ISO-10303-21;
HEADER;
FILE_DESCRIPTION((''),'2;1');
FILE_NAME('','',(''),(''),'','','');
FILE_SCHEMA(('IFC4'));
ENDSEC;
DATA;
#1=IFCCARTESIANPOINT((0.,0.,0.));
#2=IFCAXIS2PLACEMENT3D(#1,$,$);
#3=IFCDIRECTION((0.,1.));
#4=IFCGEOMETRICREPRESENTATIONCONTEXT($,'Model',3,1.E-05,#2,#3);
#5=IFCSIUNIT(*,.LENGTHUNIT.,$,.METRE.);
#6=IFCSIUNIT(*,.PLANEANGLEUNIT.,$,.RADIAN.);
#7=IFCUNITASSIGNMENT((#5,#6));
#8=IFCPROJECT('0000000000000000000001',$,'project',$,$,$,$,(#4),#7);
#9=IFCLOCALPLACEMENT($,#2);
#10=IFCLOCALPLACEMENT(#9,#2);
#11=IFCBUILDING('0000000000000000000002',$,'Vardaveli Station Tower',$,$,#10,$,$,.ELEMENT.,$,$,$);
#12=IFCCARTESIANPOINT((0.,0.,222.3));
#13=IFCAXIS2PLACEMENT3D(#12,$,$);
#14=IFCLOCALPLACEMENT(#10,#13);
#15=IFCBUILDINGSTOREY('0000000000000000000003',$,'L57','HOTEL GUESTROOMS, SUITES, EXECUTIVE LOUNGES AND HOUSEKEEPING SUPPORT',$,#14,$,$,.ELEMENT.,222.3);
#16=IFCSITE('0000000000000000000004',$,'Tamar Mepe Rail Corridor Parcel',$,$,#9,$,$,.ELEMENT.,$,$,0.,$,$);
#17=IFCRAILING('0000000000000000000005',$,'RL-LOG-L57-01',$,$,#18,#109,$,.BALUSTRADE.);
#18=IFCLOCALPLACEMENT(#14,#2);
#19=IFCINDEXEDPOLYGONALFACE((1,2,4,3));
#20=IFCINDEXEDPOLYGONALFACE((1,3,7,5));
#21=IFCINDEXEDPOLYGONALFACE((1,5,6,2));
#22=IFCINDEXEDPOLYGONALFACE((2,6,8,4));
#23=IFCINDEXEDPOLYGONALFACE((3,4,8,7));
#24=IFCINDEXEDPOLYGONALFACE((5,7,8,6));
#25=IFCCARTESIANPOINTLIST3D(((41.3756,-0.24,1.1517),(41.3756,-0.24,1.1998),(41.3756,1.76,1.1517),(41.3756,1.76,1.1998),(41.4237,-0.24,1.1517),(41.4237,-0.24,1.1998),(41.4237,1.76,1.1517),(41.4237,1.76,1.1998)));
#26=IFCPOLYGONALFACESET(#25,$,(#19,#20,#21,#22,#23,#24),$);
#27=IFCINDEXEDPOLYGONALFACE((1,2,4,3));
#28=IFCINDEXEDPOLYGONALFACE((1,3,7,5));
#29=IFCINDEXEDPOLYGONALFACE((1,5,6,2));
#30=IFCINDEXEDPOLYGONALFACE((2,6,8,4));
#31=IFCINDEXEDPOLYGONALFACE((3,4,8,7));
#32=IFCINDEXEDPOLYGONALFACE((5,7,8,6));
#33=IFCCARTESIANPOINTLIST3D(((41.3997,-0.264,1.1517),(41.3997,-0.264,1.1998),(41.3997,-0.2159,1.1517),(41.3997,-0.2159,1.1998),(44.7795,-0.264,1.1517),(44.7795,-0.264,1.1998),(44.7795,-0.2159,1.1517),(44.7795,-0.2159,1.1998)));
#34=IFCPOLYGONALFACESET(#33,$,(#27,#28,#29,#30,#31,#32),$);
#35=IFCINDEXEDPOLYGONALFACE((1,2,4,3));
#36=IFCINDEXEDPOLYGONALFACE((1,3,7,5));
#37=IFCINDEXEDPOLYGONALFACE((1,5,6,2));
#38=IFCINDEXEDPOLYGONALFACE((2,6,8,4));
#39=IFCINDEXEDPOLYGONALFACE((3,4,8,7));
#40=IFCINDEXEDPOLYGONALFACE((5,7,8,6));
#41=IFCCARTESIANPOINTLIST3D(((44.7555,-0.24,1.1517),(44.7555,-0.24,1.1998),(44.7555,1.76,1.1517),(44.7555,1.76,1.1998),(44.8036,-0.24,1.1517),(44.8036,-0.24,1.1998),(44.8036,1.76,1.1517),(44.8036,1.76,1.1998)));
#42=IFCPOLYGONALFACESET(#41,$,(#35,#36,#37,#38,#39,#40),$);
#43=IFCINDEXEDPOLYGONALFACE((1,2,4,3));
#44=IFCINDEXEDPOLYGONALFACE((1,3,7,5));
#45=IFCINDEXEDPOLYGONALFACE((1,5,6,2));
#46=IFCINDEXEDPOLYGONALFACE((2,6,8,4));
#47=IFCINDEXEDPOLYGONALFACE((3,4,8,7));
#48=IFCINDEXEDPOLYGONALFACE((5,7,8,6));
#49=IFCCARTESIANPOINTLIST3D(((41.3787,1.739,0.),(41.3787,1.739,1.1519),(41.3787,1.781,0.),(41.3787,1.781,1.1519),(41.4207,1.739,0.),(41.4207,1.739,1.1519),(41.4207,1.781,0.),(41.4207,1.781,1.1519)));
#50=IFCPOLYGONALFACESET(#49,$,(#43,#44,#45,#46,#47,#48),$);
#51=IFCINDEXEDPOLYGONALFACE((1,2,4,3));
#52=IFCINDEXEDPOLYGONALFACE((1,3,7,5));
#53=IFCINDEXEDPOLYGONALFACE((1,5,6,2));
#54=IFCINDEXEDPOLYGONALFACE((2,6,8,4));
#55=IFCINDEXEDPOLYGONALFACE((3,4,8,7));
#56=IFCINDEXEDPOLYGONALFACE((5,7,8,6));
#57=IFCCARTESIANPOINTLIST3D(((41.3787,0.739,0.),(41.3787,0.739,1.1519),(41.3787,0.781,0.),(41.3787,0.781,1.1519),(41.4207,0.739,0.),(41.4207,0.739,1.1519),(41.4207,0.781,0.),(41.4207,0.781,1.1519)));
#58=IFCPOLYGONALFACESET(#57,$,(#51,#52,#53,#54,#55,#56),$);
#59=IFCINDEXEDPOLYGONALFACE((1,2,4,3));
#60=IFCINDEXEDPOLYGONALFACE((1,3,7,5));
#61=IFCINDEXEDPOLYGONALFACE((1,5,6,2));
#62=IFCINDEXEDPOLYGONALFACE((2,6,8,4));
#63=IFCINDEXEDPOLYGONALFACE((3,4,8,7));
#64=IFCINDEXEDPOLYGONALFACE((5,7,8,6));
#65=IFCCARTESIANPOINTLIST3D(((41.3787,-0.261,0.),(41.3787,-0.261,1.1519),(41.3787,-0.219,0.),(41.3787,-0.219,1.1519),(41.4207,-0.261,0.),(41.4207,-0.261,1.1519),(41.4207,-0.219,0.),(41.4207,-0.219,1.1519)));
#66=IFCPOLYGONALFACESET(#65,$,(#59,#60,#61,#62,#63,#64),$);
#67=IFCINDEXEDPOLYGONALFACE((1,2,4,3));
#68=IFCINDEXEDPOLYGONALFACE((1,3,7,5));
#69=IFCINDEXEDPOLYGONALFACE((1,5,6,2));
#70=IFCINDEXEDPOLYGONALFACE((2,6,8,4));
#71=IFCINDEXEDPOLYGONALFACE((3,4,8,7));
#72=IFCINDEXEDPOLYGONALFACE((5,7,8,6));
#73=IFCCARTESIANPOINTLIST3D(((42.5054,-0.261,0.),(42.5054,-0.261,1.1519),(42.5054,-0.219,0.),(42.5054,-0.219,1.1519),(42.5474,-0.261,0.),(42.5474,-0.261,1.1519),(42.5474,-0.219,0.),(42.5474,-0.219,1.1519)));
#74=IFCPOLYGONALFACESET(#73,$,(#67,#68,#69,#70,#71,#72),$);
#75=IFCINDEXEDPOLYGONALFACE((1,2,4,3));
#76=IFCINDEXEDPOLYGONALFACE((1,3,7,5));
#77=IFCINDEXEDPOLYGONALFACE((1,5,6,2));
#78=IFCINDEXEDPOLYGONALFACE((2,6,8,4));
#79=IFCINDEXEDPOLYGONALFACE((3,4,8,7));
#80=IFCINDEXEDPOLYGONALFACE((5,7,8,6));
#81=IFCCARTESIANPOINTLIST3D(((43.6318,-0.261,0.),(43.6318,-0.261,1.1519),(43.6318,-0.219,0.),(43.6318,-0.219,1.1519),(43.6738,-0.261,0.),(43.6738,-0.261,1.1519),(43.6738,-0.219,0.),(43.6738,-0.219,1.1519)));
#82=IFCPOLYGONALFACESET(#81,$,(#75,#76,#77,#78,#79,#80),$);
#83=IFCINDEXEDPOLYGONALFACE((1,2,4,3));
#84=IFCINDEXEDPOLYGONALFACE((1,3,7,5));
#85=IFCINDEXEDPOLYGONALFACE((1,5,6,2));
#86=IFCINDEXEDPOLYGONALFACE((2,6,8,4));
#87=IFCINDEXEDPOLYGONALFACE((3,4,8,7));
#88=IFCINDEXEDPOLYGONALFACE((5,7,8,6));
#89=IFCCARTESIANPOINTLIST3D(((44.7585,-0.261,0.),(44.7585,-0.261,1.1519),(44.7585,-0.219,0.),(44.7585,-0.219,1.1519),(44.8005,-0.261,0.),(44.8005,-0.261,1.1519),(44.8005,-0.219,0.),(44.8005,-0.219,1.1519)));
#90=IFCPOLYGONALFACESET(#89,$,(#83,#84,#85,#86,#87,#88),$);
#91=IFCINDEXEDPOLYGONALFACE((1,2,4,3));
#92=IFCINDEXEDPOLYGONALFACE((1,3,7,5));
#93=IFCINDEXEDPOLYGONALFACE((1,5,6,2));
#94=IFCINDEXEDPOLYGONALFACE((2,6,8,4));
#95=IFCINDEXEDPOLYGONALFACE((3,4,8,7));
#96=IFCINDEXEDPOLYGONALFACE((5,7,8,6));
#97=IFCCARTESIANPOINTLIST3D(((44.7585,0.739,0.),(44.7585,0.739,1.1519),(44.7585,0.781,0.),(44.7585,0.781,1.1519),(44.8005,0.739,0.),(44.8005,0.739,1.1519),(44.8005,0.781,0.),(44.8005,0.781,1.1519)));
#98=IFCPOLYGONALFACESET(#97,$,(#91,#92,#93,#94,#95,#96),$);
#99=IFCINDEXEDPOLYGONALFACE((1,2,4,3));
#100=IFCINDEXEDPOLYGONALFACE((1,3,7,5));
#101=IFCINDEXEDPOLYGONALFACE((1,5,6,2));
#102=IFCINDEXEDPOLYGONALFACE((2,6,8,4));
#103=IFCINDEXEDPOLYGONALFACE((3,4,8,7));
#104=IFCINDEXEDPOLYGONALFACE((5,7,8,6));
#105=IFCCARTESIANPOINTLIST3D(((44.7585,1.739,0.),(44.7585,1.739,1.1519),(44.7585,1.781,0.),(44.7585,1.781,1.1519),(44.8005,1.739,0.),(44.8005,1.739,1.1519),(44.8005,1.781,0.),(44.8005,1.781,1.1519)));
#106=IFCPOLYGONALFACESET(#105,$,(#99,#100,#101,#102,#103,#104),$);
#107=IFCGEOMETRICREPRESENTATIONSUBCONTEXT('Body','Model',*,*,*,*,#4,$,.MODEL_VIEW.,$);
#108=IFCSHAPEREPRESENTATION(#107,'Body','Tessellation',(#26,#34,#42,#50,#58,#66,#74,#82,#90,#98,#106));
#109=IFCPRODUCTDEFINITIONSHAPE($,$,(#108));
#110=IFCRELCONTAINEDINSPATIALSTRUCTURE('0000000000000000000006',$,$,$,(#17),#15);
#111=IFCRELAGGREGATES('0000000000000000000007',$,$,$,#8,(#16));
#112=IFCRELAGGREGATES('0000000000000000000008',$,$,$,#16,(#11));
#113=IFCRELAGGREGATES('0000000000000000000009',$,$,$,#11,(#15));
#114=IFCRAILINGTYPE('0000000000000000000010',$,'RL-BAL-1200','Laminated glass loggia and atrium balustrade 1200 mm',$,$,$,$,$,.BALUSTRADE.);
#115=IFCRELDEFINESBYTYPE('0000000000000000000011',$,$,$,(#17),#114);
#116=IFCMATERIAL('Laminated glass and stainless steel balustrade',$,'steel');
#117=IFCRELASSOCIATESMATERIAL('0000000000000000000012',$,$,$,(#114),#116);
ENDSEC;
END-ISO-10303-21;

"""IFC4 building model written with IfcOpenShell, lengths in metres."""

from ifc_helpers import new_model, si_unit, direction, frame, origin, origin_2d, place, context, subcontext, project, spatial, rectangle, extrude, source, transform, mapped, material, type_object, element, save


model = new_model("IFC4")

# Units and contexts
model_context = context("Model", 3, precision=1e-05, world=origin(), true_north=direction((0.0, 1.0)))
body_context = subcontext(model_context, "Body", "Model", "MODEL_VIEW")
ifc_project = project(units=[si_unit("LENGTHUNIT", "METRE"), si_unit("PLANEANGLEUNIT", "RADIAN")], contexts=[model_context])

# Site, building, storey
site_placement = place(None, origin())
site = spatial("IfcSite", under=ifc_project, at=site_placement, Name="Tamar Mepe Rail Corridor Parcel", CompositionType="ELEMENT", RefElevation=0.0)
building_placement = place(site_placement, origin())
building = spatial("IfcBuilding", under=site, at=building_placement, Name="Vardaveli Station Tower", CompositionType="ELEMENT")
storey_placement = place(building_placement, frame((0.0, 0.0, 222.3)))
storey = spatial("IfcBuildingStorey", under=building, at=storey_placement, Name="L57", Description="HOTEL GUESTROOMS, SUITES, EXECUTIVE LOUNGES AND HOUSEKEEPING SUPPORT", CompositionType="ELEMENT", Elevation=222.3)

# Railing
ifc_material_1 = material(Name="Laminated glass and stainless steel balustrade", Category="steel")
railing_type = type_object("IfcRailingType", Name="RL-BAL-1200", Description="Laminated glass loggia and atrium balustrade 1200 mm", PredefinedType="BALUSTRADE", material=ifc_material_1)
shared_shape_1 = source(origin(), body_context, "Body", "SweptSolid", [
    extrude(rectangle(XDim=0.0481, YDim=0.0481, at=origin_2d()), frame((0.0, 0.0, 1.1758), z_axis=(0.0, -1.0, 0.0), x_axis=(1.0, 0.0, 0.0)), (0.0, 0.0, 1.0), 2.0),
    extrude(rectangle(XDim=0.0481, YDim=0.0481, at=origin_2d()), frame((0.0, -2.0, 1.1758), z_axis=(1.0, 0.0, 0.0), x_axis=(0.0, 1.0, 0.0)), (0.0, 0.0, 1.0), 3.3799),
    extrude(rectangle(XDim=0.0481, YDim=0.0481, at=origin_2d()), frame((3.3799, -2.0, 1.1758), z_axis=(0.0, 1.0, 0.0), x_axis=(-1.0, 0.0, 0.0)), (0.0, 0.0, 1.0), 2.0),
    extrude(rectangle(XDim=0.042, YDim=0.042, at=origin_2d()), origin(), (0.0, 0.0, 1.0), 1.1519),
    extrude(rectangle(XDim=0.042, YDim=0.042, at=origin_2d()), frame((0.0, -1.0, 0.0)), (0.0, 0.0, 1.0), 1.1519),
    extrude(rectangle(XDim=0.042, YDim=0.042, at=origin_2d()), frame((0.0, -2.0, 0.0)), (0.0, 0.0, 1.0), 1.1519),
    extrude(rectangle(XDim=0.042, YDim=0.042, at=origin_2d()), frame((1.1267, -2.0, 0.0)), (0.0, 0.0, 1.0), 1.1519),
    extrude(rectangle(XDim=0.042, YDim=0.042, at=origin_2d()), frame((2.2532, -2.0, 0.0)), (0.0, 0.0, 1.0), 1.1519),
    extrude(rectangle(XDim=0.042, YDim=0.042, at=origin_2d()), frame((3.3799, -2.0, 0.0)), (0.0, 0.0, 1.0), 1.1519),
    extrude(rectangle(XDim=0.042, YDim=0.042, at=origin_2d()), frame((3.3799, -1.0, 0.0)), (0.0, 0.0, 1.0), 1.1519),
    extrude(rectangle(XDim=0.042, YDim=0.042, at=origin_2d()), frame((3.3799, 0.0, 0.0)), (0.0, 0.0, 1.0), 1.1519),
])
railing_placement = place(storey_placement, frame((41.3997, 1.76, 0.0)))
element("IfcRailing", 1, at=railing_placement, inside=storey, type_object=railing_type, Name="RL-LOG-L57-01", PredefinedType="BALUSTRADE", context=body_context, shape_type="MappedRepresentation", body=[
    mapped(shared_shape_1, transform((0.0, 0.0, 0.0), scale=1.0)),
])

save(model, "model.ifc")
